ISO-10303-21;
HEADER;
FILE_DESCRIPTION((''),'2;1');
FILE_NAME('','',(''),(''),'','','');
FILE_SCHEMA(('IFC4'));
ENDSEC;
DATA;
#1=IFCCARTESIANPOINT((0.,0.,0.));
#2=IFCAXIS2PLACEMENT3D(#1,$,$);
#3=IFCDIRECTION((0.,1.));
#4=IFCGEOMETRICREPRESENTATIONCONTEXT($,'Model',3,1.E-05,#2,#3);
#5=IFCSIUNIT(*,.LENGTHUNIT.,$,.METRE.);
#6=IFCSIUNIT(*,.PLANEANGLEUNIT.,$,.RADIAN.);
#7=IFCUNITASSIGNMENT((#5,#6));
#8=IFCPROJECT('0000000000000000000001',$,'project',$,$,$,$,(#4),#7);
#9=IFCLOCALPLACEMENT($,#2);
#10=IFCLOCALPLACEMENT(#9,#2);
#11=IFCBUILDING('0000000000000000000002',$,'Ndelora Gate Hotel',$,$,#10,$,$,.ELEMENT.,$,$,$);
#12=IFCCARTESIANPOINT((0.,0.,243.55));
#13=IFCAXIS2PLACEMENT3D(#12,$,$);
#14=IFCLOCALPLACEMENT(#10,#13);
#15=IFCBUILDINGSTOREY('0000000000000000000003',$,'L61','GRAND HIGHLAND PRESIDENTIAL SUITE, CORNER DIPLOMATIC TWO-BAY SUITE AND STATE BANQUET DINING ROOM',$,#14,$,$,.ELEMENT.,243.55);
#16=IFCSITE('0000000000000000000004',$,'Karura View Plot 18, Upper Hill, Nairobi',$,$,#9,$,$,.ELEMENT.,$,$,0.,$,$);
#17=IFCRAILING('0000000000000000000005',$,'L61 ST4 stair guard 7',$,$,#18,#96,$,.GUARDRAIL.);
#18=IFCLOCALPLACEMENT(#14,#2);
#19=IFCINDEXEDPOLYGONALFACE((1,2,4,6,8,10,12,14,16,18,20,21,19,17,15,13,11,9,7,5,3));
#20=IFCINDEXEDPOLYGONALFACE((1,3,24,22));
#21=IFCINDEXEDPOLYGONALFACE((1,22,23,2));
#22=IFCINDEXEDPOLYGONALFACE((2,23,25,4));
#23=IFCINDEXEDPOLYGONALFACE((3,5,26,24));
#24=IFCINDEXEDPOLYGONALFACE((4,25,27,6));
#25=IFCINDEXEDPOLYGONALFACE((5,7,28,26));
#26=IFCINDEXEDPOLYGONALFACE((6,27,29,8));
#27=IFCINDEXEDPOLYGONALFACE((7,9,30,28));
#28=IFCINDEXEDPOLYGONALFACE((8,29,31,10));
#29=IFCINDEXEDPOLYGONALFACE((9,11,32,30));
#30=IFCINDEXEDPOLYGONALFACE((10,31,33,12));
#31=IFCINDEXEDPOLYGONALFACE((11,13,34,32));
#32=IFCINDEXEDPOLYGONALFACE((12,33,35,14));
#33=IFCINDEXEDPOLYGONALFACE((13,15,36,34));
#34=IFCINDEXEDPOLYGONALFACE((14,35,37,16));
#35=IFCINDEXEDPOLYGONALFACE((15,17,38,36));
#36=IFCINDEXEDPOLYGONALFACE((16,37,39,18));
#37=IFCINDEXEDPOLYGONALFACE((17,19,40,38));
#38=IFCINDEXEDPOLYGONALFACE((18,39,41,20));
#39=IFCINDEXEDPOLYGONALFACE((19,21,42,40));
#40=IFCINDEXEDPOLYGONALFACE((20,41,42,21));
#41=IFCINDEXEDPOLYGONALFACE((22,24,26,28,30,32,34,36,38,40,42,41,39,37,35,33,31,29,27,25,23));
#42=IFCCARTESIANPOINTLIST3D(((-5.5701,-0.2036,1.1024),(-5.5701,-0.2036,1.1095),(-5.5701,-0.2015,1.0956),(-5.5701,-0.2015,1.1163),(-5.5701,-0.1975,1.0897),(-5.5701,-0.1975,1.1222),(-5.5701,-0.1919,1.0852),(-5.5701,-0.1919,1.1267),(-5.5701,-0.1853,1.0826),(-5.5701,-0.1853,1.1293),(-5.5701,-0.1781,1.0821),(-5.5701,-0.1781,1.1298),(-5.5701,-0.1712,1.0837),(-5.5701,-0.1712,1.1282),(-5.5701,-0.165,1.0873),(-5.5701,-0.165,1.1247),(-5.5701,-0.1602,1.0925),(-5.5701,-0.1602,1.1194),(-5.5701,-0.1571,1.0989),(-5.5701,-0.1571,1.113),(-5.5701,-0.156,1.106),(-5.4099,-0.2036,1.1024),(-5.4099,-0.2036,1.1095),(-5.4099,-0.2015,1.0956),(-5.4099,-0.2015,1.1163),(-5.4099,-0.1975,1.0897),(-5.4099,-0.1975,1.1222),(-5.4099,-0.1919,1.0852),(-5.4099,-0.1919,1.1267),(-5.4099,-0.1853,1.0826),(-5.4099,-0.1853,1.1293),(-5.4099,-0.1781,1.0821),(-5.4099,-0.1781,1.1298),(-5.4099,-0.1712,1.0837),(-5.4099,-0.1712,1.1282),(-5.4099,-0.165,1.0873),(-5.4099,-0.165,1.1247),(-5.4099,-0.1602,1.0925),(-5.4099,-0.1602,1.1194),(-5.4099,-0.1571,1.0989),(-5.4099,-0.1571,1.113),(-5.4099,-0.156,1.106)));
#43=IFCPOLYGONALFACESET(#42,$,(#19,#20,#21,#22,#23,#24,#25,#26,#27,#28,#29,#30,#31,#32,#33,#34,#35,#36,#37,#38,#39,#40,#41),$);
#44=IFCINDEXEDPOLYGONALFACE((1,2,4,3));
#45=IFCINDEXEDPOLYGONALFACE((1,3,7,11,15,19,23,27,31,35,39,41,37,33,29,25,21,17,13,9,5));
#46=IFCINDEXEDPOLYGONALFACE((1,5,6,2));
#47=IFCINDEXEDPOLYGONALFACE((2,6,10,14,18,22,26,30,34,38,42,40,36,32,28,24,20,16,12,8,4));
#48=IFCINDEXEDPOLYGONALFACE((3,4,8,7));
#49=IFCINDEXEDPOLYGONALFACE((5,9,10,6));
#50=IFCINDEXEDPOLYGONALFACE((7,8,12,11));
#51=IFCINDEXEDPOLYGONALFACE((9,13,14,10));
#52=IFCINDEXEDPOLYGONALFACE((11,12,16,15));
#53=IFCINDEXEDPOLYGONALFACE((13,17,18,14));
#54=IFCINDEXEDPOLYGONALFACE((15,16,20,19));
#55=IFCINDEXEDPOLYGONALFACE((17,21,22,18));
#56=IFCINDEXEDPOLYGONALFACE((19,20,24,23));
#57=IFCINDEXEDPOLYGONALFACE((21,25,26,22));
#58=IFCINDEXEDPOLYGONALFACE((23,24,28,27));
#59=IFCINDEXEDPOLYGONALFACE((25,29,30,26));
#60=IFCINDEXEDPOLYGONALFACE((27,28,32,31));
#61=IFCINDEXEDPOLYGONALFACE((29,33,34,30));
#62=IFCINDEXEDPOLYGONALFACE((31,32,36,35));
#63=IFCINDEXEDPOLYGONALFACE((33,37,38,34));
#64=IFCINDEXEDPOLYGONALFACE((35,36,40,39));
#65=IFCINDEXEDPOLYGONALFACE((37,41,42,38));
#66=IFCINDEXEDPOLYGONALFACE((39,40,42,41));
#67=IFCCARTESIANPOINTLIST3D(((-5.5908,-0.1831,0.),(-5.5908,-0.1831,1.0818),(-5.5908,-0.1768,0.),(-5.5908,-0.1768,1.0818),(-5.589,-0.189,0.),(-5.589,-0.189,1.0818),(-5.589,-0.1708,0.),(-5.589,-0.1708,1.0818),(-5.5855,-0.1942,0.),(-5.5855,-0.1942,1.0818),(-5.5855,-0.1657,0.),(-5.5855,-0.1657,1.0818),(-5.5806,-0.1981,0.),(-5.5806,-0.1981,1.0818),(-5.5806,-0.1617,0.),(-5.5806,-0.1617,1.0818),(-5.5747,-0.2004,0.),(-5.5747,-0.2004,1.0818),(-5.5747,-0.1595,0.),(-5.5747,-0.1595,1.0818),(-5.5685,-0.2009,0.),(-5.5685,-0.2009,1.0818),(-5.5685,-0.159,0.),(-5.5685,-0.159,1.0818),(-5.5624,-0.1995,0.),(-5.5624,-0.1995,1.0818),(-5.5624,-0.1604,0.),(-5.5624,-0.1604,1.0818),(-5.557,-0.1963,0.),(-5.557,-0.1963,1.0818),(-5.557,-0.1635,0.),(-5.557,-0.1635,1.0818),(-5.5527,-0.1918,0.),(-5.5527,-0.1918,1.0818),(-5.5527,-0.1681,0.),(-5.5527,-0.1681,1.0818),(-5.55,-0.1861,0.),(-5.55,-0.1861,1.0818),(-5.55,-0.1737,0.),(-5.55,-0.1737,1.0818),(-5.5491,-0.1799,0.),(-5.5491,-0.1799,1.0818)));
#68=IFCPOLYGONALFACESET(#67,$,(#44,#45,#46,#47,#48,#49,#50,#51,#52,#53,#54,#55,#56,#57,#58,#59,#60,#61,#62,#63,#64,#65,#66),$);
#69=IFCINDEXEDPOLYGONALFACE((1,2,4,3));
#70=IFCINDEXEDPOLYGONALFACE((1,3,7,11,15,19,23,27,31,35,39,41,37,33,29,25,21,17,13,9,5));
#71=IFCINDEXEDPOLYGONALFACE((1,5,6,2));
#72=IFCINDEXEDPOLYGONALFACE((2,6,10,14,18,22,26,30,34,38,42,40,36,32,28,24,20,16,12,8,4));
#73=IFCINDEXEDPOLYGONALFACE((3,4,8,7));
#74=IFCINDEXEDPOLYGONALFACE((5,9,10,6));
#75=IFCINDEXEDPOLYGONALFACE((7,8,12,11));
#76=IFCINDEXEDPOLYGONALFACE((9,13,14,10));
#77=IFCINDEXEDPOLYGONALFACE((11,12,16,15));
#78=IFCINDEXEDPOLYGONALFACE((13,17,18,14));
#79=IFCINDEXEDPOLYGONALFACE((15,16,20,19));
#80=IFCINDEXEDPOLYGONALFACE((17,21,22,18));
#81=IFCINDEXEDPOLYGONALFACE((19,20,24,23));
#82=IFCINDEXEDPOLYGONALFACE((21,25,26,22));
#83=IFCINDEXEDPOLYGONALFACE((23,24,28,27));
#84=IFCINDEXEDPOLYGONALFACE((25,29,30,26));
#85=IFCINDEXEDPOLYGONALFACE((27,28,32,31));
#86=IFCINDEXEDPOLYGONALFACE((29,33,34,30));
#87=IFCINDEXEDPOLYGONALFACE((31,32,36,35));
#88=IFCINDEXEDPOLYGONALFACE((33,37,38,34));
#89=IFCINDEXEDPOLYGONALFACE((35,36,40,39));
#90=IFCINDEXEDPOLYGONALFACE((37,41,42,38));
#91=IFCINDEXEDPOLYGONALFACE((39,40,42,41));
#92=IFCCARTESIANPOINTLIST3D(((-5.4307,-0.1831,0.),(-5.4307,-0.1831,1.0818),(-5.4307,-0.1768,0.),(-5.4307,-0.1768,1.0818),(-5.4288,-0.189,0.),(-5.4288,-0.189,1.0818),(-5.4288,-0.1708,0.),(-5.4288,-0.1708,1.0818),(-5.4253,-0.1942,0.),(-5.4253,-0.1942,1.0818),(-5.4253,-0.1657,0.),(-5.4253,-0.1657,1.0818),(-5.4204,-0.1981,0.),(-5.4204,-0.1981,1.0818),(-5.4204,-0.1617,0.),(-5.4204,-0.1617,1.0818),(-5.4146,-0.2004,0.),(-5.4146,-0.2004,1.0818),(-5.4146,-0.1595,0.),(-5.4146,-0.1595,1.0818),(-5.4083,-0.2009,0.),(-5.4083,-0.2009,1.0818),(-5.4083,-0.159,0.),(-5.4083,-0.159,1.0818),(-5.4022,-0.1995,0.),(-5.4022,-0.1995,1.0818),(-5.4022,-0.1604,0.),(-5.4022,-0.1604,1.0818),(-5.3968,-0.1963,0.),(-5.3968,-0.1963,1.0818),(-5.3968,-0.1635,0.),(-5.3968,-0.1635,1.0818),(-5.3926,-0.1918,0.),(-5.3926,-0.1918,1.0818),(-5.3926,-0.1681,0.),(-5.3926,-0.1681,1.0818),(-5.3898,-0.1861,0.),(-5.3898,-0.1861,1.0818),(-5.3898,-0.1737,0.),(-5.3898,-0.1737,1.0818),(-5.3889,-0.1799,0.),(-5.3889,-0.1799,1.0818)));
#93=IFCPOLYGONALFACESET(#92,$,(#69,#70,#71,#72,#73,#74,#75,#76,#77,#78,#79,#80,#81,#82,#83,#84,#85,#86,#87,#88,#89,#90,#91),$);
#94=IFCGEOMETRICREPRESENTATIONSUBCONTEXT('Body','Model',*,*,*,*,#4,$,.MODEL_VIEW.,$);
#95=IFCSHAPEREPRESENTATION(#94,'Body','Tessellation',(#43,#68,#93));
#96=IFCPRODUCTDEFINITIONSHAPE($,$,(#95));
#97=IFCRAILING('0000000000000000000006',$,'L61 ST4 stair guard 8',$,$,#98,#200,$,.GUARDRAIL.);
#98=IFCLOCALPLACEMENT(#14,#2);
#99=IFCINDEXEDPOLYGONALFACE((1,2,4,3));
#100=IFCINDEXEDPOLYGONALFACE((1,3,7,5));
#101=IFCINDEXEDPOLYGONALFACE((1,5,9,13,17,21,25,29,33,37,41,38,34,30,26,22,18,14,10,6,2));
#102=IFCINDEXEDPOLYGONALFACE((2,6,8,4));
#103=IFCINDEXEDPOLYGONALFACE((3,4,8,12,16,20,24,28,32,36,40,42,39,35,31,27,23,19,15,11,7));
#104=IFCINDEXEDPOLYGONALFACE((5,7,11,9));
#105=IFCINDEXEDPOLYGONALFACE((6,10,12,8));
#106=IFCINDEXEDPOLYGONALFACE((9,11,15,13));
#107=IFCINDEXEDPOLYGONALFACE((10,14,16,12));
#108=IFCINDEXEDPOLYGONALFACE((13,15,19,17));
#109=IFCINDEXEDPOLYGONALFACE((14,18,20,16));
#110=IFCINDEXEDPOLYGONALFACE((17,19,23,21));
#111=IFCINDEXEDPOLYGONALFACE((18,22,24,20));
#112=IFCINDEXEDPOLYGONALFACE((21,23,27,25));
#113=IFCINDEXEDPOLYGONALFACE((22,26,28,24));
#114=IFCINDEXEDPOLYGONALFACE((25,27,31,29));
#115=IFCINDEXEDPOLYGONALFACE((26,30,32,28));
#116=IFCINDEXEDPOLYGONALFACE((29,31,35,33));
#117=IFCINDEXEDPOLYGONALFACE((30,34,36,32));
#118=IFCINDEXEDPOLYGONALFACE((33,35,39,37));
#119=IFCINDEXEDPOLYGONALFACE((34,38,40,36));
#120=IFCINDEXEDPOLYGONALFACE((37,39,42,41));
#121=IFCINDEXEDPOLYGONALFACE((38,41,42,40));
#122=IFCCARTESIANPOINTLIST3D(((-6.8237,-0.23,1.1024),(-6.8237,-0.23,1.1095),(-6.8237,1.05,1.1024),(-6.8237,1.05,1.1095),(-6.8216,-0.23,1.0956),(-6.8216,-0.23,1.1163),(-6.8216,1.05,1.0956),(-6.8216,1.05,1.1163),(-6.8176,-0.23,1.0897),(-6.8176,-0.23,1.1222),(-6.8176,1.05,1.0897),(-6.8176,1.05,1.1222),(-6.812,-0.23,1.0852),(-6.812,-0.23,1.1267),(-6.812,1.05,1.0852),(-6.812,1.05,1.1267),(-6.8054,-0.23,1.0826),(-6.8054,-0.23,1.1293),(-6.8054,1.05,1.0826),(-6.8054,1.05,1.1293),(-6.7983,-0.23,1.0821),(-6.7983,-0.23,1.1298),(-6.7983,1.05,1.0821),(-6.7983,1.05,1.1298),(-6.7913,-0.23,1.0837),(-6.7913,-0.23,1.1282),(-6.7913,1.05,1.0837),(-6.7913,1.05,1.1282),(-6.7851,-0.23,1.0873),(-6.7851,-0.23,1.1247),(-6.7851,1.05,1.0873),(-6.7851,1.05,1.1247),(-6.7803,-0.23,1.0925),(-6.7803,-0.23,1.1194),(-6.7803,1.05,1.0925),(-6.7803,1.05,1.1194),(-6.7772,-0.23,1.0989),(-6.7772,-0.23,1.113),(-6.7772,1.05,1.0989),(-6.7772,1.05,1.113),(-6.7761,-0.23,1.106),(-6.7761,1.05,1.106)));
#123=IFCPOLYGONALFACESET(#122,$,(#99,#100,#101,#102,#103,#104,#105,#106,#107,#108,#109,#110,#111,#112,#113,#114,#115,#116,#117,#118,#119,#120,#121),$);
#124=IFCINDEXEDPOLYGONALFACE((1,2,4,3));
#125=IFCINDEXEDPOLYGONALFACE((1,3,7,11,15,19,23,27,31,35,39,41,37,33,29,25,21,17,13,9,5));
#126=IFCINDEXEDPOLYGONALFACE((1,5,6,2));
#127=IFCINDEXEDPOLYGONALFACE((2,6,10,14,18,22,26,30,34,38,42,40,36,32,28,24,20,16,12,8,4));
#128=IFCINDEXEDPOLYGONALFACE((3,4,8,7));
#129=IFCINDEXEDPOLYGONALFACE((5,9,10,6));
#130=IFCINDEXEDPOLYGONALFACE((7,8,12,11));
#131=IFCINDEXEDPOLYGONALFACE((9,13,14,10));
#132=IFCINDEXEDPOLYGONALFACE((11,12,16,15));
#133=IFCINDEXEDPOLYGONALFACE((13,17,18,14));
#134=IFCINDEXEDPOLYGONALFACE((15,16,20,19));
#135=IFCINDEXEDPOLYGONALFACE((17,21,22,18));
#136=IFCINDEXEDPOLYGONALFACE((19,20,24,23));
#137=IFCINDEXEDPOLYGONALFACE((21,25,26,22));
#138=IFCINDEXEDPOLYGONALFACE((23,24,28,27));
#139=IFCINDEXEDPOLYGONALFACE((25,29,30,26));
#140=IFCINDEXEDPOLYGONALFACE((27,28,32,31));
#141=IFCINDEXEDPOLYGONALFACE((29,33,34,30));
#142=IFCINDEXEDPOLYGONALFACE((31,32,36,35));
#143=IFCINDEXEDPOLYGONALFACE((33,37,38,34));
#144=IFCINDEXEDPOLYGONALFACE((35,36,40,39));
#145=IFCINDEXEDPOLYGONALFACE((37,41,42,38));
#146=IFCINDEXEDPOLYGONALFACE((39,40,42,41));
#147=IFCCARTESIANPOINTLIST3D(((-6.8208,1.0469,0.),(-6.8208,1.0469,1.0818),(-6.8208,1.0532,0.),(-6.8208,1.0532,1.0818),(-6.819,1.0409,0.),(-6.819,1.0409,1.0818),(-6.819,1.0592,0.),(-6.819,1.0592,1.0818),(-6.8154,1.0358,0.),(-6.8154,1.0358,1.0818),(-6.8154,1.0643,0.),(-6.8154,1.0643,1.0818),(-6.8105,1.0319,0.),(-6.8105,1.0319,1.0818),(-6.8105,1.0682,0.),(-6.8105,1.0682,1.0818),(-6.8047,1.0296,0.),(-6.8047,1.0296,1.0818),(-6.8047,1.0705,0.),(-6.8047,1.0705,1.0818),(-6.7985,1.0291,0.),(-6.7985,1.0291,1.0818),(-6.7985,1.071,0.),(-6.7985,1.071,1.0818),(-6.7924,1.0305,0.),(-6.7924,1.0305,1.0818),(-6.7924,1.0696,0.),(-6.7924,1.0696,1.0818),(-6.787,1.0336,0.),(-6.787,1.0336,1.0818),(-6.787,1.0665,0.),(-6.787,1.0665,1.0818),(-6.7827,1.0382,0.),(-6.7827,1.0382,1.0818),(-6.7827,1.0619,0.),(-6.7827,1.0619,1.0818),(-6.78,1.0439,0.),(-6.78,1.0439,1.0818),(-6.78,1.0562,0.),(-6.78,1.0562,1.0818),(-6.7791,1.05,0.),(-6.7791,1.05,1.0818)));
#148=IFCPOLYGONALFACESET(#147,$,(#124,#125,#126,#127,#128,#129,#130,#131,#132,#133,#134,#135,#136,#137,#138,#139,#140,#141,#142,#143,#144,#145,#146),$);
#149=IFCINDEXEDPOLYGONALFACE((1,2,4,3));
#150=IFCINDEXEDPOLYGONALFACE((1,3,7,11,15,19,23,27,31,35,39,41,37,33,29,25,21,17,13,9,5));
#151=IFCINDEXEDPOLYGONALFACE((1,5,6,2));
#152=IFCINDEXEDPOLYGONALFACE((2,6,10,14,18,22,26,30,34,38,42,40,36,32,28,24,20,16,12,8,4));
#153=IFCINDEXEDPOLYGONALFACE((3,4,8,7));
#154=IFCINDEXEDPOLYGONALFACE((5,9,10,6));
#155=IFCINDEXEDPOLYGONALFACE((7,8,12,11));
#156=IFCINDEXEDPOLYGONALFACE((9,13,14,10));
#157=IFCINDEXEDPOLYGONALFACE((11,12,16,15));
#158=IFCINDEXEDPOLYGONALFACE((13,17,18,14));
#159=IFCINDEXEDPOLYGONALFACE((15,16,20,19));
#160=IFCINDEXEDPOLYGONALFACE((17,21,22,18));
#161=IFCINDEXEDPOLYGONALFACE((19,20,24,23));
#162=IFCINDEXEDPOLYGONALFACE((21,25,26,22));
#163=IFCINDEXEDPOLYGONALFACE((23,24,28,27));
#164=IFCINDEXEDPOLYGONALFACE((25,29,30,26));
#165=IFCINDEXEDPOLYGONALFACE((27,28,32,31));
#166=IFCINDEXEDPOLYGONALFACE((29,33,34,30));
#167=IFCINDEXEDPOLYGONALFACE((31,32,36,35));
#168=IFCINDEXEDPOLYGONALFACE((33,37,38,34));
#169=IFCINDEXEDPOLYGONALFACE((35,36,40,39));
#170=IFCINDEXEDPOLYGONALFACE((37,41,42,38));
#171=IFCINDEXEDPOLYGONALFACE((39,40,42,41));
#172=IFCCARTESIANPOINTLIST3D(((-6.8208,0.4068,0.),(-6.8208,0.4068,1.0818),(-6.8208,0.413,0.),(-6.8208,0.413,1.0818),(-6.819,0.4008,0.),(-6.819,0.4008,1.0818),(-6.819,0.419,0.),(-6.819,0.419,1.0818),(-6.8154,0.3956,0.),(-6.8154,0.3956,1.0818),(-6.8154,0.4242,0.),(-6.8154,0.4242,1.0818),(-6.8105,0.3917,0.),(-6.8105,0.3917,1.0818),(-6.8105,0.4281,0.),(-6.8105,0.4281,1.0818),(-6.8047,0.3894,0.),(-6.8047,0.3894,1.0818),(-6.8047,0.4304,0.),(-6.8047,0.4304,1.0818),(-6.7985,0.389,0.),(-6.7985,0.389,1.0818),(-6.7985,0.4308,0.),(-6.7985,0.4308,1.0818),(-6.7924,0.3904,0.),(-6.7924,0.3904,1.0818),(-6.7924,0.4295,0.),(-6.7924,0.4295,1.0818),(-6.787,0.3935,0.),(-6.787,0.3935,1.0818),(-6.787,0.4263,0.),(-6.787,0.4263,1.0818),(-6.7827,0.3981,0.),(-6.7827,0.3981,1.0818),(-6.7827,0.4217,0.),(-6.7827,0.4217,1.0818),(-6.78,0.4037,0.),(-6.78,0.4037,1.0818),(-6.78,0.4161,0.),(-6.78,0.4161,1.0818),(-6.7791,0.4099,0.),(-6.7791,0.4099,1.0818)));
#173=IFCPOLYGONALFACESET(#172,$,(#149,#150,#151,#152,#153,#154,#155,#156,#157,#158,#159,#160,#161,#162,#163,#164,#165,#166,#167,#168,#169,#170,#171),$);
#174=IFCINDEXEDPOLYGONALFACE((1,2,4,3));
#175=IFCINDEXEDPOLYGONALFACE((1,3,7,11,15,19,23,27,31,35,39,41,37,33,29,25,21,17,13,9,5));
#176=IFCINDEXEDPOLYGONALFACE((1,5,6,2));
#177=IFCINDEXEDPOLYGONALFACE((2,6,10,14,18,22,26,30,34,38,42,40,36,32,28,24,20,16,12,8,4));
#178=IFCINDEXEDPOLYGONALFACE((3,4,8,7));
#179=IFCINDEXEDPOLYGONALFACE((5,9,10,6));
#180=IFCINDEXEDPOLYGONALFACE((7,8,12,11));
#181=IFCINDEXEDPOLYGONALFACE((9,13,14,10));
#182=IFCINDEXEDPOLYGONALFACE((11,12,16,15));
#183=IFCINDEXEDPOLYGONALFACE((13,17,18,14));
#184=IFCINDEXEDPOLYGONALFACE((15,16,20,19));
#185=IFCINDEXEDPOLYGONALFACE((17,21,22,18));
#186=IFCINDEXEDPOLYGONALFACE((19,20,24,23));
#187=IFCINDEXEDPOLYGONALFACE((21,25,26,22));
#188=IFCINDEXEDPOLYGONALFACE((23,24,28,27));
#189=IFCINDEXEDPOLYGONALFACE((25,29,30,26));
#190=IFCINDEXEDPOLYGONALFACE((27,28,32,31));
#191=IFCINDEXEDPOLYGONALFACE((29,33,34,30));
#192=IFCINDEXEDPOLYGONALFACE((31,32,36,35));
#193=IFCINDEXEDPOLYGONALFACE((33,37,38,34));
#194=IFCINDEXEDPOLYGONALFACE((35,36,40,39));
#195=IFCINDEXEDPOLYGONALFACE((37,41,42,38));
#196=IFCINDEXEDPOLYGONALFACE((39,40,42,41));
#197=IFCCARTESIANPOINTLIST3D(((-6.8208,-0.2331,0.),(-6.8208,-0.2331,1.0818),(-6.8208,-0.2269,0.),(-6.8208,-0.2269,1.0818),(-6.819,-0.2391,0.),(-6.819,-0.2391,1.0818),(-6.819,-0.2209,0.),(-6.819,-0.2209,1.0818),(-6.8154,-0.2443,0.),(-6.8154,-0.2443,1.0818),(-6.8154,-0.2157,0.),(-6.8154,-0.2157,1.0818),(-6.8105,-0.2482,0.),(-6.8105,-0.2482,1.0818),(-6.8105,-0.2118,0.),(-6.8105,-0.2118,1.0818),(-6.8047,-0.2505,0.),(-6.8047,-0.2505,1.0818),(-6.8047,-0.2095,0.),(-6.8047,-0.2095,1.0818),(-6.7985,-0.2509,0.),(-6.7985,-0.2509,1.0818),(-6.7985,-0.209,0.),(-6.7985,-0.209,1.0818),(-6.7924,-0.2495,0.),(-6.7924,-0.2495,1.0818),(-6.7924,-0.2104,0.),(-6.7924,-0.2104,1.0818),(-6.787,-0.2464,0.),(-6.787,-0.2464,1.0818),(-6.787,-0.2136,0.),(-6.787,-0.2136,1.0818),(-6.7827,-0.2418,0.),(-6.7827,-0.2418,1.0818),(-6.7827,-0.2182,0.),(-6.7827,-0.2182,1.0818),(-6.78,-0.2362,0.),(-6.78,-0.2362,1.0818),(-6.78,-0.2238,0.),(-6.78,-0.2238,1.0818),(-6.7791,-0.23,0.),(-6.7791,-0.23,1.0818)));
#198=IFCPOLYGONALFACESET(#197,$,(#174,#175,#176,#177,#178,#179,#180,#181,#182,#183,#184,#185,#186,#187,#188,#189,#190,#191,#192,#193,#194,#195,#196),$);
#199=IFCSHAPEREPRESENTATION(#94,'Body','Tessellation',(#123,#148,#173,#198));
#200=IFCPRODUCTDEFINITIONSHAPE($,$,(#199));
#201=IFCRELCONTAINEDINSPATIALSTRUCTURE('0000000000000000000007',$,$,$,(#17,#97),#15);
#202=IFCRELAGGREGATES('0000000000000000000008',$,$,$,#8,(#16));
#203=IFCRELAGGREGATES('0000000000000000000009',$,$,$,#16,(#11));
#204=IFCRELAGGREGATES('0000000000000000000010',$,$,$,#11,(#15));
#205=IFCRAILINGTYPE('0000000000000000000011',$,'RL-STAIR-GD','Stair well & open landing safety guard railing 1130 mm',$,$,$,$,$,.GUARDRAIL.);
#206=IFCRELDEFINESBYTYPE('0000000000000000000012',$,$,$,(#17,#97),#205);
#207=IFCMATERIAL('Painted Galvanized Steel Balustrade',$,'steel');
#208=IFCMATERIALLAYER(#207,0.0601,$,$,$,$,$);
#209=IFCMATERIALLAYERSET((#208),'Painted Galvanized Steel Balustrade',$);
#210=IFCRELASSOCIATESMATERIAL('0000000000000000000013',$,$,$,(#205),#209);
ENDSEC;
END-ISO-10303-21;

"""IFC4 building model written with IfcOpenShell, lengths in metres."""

from ifc_helpers import new_model, si_unit, direction, frame, origin, origin_2d, place, context, subcontext, project, spatial, circle, extrude, material, layer, layer_set, type_object, element, save


model = new_model("IFC4")

# Units and contexts
model_context = context("Model", 3, precision=1e-05, world=origin(), true_north=direction((0.0, 1.0)))
body_context = subcontext(model_context, "Body", "Model", "MODEL_VIEW")
ifc_project = project(units=[si_unit("LENGTHUNIT", "METRE"), si_unit("PLANEANGLEUNIT", "RADIAN")], contexts=[model_context])

# Site, building, storey
site_placement = place(None, origin())
site = spatial("IfcSite", under=ifc_project, at=site_placement, Name="Karura View Plot 18, Upper Hill, Nairobi", CompositionType="ELEMENT", RefElevation=0.0)
building_placement = place(site_placement, origin())
building = spatial("IfcBuilding", under=site, at=building_placement, Name="Ndelora Gate Hotel", CompositionType="ELEMENT")
storey_placement = place(building_placement, frame((0.0, 0.0, 243.55)))
storey = spatial("IfcBuildingStorey", under=building, at=storey_placement, Name="L61", Description="GRAND HIGHLAND PRESIDENTIAL SUITE, CORNER DIPLOMATIC TWO-BAY SUITE AND STATE BANQUET DINING ROOM", CompositionType="ELEMENT", Elevation=243.55)

# Railings
ifc_material_1 = material(Name="Painted Galvanized Steel Balustrade", Category="steel")
ifc_layer_1 = layer(ifc_material_1, 0.0601)
ifc_layer_set_1 = layer_set([ifc_layer_1], Name="Painted Galvanized Steel Balustrade")
railing_type = type_object("IfcRailingType", Name="RL-STAIR-GD", Description="Stair well & open landing safety guard railing 1130 mm", PredefinedType="GUARDRAIL", material=ifc_layer_set_1)
railing_1_placement = place(storey_placement, frame((-5.5701, -0.1799, 0.0)))
element("IfcRailing", 1, at=railing_1_placement, inside=storey, type_object=railing_type, Name="L61 ST4 stair guard 7", PredefinedType="GUARDRAIL", context=body_context, shape_type="SweptSolid", body=[
    extrude(circle(Radius=0.0239, at=origin_2d()), frame((0.0, 0.0, 1.106), z_axis=(1.0, 0.0, 0.0), x_axis=(0.0, 1.0, 0.0)), (0.0, 0.0, 1.0), 0.1602),
    extrude(circle(Radius=0.021, at=origin_2d()), origin(), (0.0, 0.0, 1.0), 1.0818),
    extrude(circle(Radius=0.021, at=origin_2d()), frame((0.1602, 0.0, 0.0)), (0.0, 0.0, 1.0), 1.0818),
])
for number, where, name in (
    (2, (-6.8, 1.05, 0.0), "L61 ST4 stair guard 8"),
):
    element("IfcRailing", number, at=place(storey_placement, frame(where)), inside=storey, type_object=railing_type, Name=name, PredefinedType="GUARDRAIL", context=body_context, shape_type="SweptSolid", body=[
        extrude(circle(Radius=0.0239, at=origin_2d()), frame((0.0, 0.0, 1.106), z_axis=(0.0, -1.0, 0.0), x_axis=(1.0, 0.0, 0.0)), (0.0, 0.0, 1.0), 1.28),
        extrude(circle(Radius=0.021, at=origin_2d()), origin(), (0.0, 0.0, 1.0), 1.0818),
        extrude(circle(Radius=0.021, at=origin_2d()), frame((0.0, -0.6401, 0.0)), (0.0, 0.0, 1.0), 1.0818),
        extrude(circle(Radius=0.021, at=origin_2d()), frame((0.0, -1.28, 0.0)), (0.0, 0.0, 1.0), 1.0818),
    ])

save(model, "model.ifc")
